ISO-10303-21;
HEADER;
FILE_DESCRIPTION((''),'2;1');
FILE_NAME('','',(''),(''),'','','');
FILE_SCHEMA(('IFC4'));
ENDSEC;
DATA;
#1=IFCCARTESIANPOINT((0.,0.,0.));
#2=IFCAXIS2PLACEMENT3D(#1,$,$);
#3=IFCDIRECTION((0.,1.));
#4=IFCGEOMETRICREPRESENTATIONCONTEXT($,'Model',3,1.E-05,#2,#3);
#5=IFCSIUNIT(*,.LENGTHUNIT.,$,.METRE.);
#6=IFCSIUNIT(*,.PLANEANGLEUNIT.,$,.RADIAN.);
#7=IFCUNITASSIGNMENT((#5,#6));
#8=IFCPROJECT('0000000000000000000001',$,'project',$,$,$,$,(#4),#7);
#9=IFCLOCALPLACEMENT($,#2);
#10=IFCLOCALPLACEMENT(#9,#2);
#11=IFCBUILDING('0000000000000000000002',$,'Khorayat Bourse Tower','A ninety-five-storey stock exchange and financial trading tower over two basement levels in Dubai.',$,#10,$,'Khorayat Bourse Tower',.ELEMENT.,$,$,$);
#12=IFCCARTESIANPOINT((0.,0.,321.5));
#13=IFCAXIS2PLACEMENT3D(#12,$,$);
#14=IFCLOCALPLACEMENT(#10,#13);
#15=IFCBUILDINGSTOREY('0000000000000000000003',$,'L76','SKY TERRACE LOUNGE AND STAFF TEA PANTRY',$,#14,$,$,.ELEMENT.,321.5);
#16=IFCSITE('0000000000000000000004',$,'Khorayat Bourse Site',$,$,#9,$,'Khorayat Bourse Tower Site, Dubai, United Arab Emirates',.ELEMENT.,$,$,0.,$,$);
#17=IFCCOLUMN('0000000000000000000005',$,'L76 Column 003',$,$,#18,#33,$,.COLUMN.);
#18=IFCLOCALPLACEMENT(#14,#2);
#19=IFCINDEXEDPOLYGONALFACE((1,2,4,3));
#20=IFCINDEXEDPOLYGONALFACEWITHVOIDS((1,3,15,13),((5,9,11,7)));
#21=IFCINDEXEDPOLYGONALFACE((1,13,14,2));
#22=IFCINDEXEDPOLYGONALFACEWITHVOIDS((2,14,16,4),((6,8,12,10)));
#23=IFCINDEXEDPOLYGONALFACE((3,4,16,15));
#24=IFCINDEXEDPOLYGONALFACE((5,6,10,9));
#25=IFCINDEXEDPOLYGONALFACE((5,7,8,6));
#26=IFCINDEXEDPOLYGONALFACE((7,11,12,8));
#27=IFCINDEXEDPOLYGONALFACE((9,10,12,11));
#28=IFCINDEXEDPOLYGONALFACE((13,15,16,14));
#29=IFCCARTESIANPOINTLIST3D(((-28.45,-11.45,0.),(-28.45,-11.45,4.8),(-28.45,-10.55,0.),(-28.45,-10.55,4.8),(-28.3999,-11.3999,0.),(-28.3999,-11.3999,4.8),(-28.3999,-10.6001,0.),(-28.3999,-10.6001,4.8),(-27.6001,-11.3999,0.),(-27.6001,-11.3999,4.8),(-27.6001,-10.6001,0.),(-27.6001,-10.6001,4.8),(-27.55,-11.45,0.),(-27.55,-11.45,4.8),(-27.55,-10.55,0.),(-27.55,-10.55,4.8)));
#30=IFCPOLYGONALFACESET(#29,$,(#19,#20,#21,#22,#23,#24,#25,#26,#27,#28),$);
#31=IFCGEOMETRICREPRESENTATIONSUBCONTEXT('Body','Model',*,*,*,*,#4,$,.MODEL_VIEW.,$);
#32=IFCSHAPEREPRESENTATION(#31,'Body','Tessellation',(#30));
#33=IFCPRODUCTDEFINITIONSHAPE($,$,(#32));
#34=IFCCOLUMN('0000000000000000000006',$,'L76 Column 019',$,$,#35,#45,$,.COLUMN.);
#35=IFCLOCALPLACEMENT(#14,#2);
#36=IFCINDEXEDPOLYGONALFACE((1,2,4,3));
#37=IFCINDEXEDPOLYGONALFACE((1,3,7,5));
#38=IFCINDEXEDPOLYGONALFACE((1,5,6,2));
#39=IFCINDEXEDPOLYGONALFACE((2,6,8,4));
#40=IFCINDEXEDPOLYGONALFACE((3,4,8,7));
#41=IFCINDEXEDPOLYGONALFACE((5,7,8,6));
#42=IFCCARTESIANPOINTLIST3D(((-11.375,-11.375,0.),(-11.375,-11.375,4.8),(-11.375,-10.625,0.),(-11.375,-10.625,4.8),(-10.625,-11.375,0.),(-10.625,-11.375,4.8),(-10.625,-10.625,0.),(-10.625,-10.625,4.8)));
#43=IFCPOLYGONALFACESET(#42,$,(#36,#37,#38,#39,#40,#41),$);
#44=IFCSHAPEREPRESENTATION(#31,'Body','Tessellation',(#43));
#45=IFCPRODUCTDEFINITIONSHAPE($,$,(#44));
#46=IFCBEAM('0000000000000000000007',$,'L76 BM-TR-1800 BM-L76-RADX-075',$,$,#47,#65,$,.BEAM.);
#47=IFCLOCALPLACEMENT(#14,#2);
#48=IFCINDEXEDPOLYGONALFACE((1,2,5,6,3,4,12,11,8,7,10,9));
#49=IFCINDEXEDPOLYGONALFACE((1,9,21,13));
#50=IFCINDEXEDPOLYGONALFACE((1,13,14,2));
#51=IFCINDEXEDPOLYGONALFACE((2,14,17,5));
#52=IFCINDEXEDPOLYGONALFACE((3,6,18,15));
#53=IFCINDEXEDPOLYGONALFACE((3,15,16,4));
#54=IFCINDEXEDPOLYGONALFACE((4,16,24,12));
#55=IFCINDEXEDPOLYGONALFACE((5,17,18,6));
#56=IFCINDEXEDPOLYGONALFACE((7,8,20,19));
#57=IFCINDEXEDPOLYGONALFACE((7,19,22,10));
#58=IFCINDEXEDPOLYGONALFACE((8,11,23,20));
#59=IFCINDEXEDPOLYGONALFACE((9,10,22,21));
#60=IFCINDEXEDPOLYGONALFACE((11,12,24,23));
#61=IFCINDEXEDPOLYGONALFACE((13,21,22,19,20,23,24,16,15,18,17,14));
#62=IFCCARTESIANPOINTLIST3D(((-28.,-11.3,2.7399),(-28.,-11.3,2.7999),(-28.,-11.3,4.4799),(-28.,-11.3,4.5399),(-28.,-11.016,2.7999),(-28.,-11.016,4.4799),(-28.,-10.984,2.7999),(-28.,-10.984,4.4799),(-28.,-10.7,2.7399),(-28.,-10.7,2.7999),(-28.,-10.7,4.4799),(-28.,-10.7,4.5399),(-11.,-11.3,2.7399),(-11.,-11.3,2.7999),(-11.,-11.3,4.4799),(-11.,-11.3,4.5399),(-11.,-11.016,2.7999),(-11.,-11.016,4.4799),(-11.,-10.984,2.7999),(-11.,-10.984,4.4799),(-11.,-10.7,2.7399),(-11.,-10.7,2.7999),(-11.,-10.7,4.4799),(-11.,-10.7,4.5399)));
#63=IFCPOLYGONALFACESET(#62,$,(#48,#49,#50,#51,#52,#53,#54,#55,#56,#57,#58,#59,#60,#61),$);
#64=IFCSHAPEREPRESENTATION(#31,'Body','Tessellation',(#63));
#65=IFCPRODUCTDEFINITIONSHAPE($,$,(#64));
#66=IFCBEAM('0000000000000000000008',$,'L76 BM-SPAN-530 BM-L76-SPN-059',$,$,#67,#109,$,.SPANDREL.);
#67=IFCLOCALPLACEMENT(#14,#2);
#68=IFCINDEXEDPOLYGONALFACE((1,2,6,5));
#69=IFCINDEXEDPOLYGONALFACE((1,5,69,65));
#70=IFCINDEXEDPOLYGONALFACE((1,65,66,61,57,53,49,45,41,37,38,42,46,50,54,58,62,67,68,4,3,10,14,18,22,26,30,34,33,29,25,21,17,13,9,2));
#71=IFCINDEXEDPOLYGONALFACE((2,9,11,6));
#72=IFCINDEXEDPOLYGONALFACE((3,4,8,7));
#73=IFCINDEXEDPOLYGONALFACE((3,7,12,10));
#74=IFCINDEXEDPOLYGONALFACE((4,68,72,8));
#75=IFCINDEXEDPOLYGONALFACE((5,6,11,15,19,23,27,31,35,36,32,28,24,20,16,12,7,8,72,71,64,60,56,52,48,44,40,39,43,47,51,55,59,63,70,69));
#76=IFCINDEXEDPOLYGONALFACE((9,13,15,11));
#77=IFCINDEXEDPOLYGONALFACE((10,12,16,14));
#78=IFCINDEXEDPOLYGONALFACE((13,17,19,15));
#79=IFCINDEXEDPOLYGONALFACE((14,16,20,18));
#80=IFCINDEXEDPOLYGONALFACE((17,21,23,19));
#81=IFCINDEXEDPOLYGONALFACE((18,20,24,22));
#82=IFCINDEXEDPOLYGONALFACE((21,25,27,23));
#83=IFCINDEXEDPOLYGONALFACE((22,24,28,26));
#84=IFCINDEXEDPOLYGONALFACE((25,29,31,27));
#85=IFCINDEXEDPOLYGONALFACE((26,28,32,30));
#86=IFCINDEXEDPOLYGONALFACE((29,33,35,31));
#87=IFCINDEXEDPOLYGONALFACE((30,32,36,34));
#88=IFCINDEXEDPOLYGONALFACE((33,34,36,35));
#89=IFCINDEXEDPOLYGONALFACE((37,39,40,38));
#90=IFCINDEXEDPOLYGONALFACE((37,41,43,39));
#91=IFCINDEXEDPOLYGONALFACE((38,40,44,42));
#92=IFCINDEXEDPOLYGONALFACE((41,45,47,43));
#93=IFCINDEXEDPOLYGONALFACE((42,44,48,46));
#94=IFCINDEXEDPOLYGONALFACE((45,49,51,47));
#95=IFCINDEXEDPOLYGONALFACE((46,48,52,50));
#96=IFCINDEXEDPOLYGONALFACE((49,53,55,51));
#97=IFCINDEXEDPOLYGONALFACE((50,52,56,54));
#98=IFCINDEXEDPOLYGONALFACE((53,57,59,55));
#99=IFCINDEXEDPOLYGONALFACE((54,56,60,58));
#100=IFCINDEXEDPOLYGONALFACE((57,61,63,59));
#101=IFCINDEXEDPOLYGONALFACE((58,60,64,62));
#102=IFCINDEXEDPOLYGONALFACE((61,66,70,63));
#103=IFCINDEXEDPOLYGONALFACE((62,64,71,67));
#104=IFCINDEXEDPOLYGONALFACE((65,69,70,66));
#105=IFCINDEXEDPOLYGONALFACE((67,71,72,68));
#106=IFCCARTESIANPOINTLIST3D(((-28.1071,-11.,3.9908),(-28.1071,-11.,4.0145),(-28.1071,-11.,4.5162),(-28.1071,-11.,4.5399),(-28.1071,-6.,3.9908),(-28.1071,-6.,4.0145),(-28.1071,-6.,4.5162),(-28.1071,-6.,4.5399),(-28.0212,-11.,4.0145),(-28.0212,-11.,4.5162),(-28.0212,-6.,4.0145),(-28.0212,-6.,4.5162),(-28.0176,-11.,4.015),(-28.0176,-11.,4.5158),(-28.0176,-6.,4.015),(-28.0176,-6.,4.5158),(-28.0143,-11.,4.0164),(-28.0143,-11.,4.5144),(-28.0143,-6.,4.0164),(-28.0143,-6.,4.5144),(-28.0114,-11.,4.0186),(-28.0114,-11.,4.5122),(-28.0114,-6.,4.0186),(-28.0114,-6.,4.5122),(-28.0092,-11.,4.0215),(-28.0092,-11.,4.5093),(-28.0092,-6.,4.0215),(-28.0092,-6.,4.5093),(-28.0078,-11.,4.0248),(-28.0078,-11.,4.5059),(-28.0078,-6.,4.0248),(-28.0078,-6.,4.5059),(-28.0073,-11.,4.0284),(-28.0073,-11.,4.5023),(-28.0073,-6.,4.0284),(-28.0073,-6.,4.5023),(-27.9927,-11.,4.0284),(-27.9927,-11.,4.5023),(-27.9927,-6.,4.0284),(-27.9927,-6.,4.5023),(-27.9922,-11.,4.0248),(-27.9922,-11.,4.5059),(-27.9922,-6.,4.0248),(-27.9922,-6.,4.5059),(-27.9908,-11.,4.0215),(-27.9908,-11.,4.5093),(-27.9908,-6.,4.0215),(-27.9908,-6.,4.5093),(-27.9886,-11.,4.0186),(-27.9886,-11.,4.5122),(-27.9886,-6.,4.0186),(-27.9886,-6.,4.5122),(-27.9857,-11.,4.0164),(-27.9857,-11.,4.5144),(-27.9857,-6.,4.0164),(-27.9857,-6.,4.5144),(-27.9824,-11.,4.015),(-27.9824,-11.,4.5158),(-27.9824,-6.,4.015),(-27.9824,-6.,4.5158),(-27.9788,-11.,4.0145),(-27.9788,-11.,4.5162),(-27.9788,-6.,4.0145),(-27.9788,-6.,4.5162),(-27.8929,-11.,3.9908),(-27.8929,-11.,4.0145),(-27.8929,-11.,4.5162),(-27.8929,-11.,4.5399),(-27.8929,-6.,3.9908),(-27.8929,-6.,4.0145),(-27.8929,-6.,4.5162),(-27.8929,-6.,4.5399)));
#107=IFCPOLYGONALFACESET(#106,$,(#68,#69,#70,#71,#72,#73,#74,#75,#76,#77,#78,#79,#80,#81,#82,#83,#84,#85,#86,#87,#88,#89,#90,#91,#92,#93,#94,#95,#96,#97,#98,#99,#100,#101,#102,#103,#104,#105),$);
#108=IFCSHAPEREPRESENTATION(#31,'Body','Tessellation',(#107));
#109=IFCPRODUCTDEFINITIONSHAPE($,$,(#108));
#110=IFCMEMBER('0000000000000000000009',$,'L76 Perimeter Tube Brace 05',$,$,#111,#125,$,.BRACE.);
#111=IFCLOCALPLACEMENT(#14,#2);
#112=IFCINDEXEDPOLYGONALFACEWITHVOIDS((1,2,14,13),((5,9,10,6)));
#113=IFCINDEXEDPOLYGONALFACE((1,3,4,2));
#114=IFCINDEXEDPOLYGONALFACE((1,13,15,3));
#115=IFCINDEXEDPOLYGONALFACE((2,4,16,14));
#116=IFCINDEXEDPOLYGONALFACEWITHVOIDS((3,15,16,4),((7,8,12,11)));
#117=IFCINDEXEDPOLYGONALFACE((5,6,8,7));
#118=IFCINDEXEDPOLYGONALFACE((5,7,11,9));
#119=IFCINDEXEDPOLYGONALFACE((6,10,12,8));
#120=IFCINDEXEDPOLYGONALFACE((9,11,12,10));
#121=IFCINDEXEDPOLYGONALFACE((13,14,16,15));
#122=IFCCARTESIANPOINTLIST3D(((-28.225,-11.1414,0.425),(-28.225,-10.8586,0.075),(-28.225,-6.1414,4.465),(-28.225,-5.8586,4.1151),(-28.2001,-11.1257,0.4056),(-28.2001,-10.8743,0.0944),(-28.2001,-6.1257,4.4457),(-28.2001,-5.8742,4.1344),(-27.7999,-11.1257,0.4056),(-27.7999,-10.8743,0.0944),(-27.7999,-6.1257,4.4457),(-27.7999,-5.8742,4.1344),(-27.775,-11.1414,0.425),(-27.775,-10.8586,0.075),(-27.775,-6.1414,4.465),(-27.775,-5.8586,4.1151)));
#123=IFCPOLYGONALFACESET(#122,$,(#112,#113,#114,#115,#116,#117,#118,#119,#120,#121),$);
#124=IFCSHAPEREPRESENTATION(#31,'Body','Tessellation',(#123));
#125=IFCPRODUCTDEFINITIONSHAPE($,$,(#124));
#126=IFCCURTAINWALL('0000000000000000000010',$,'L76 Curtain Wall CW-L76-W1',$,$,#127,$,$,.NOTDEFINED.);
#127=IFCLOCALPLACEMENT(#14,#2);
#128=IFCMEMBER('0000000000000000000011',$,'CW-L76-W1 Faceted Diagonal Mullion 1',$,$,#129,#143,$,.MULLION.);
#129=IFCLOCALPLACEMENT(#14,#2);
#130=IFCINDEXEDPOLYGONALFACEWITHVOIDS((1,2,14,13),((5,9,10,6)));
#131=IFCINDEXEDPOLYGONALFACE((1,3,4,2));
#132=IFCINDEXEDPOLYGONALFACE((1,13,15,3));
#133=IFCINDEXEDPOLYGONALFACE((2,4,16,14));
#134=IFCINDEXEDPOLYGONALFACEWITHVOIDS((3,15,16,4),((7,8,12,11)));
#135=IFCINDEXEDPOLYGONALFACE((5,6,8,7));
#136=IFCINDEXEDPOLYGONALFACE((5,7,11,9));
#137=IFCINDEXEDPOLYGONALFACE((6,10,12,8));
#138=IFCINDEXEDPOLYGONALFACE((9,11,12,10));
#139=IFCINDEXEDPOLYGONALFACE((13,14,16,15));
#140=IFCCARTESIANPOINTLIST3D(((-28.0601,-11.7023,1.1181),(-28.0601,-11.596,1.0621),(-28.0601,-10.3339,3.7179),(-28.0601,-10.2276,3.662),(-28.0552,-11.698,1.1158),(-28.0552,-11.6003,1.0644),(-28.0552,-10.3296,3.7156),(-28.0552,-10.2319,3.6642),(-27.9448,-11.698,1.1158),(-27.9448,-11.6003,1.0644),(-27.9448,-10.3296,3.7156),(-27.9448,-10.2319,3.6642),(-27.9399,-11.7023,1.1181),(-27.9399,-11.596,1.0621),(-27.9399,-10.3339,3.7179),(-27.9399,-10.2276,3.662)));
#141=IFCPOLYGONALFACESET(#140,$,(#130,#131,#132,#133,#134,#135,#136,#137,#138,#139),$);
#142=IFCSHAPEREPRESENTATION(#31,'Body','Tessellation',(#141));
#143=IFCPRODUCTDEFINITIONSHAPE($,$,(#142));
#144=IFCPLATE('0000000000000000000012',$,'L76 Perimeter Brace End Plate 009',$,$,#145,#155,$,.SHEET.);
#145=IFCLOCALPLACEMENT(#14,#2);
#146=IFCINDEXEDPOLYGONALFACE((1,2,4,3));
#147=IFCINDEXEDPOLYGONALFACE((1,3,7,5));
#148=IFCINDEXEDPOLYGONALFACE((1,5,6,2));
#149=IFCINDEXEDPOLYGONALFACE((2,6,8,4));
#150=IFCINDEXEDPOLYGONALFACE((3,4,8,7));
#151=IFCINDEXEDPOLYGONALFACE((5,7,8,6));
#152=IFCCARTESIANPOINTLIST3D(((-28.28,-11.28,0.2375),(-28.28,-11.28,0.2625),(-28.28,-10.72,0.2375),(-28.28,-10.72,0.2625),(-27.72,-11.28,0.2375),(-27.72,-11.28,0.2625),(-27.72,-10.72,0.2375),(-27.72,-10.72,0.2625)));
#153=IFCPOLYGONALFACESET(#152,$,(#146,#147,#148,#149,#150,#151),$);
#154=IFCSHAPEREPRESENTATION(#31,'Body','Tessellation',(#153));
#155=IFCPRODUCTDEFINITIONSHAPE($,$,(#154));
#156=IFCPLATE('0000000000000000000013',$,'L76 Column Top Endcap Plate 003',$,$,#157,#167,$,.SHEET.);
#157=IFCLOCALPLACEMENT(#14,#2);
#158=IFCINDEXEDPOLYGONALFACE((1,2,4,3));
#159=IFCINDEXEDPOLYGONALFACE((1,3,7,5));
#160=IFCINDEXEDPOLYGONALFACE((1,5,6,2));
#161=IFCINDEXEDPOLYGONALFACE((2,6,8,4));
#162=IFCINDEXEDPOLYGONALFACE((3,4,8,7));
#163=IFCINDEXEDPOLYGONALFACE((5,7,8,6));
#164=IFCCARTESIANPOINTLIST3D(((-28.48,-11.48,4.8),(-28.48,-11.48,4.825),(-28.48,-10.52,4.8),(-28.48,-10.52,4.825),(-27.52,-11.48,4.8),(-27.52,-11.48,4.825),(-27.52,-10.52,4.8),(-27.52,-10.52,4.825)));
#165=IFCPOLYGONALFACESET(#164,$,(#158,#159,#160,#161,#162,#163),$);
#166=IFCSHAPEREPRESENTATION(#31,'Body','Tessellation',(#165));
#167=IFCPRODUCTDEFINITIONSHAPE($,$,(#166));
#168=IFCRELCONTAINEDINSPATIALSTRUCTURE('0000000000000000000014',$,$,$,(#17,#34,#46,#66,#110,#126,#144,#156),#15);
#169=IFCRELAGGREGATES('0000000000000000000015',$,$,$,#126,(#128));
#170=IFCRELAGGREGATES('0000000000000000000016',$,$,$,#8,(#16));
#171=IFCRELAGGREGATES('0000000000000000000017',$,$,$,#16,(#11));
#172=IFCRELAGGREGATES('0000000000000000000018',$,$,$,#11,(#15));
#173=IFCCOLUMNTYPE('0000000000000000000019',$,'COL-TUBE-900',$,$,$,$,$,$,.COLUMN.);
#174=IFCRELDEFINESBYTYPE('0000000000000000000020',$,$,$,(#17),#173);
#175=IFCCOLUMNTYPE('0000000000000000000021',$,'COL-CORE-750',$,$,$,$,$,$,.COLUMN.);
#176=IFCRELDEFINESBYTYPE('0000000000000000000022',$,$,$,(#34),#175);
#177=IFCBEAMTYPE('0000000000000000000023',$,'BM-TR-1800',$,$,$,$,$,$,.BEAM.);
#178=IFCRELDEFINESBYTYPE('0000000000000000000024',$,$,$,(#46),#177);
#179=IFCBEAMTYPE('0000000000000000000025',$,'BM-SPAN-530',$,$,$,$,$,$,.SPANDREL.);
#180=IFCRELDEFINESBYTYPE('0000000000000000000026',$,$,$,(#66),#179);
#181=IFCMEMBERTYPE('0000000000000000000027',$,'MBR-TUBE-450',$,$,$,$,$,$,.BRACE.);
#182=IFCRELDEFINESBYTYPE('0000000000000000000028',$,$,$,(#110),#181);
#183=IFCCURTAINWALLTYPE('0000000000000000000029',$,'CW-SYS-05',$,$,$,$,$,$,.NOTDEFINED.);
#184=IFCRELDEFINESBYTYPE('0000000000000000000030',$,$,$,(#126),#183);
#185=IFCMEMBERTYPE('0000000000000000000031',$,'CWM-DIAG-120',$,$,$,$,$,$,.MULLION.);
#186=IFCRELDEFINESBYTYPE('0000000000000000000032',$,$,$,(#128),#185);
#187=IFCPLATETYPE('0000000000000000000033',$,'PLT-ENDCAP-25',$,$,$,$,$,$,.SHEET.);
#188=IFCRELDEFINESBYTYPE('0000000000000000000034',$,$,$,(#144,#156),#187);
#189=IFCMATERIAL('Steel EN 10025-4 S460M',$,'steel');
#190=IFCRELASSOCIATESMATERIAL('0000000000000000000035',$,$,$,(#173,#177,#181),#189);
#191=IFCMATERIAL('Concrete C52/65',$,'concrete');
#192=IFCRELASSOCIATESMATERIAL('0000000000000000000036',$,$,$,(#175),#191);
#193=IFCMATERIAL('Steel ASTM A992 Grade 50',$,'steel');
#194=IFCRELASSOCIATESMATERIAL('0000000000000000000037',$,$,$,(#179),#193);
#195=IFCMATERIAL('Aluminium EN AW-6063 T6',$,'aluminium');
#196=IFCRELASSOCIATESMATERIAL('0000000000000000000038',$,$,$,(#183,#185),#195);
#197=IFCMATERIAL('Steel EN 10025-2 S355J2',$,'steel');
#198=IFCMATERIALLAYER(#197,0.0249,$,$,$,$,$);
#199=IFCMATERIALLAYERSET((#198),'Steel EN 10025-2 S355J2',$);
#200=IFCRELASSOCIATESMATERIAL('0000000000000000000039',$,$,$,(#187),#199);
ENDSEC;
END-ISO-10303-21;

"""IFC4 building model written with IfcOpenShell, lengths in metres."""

from ifc_helpers import new_model, si_unit, direction, frame, origin, origin_2d, place, context, subcontext, project, spatial, rectangle, hollow_rectangle, i_section, extrude, source, transform, mapped, material, layer, layer_set, material_profile, profile_set, type_object, element, aggregate, save


model = new_model("IFC4")

# Units and contexts
model_context = context("Model", 3, precision=1e-05, world=origin(), true_north=direction((0.0, 1.0)))
body_context = subcontext(model_context, "Body", "Model", "MODEL_VIEW")
ifc_project = project(units=[si_unit("LENGTHUNIT", "METRE"), si_unit("PLANEANGLEUNIT", "RADIAN")], contexts=[model_context])

# Site, building, storey
site_placement = place(None, origin())
site = spatial("IfcSite", under=ifc_project, at=site_placement, Name="Khorayat Bourse Site", LongName="Khorayat Bourse Tower Site, Dubai, United Arab Emirates", CompositionType="ELEMENT", RefElevation=0.0)
building_placement = place(site_placement, origin())
building = spatial("IfcBuilding", under=site, at=building_placement, Name="Khorayat Bourse Tower", Description="A ninety-five-storey stock exchange and financial trading tower over two basement levels in Dubai.", LongName="Khorayat Bourse Tower", CompositionType="ELEMENT")
storey_placement = place(building_placement, frame((0.0, 0.0, 321.5)))
storey = spatial("IfcBuildingStorey", under=building, at=storey_placement, Name="L76", Description="SKY TERRACE LOUNGE AND STAFF TEA PANTRY", CompositionType="ELEMENT", Elevation=321.5)

# Columns
ifc_material_1 = material(Name="Steel EN 10025-4 S460M", Category="steel")
ifc_material_profile_1 = material_profile(ifc_material_1, hollow_rectangle(XDim=0.8999, YDim=0.8999, WallThickness=0.05, at=origin_2d()), Name="BOX 900x900x50")
ifc_profile_set_1 = profile_set([ifc_material_profile_1], Name="Steel EN 10025-4 S460M")
column_type_1 = type_object("IfcColumnType", Name="COL-TUBE-900", PredefinedType="COLUMN", material=ifc_profile_set_1)
shared_shape_1 = source(origin(), body_context, "Body", "SweptSolid", [
    extrude(hollow_rectangle(XDim=0.8999, YDim=0.8999, WallThickness=0.05, at=origin_2d()), origin(), (0.0, 0.0, 1.0), 4.8),
])
column_1_placement = place(storey_placement, frame((-28.0, -11.0, 0.0), z_axis=(0.0, 0.0, 1.0), x_axis=(1.0, 0.0, 0.0)))
element("IfcColumn", 1, at=column_1_placement, inside=storey, type_object=column_type_1, Name="L76 Column 003", PredefinedType="COLUMN", context=body_context, shape_type="MappedRepresentation", body=[
    mapped(shared_shape_1, transform((0.0, 0.0, 0.0), scale=1.0)),
])
ifc_material_2 = material(Name="Concrete C52/65", Category="concrete")
ifc_material_profile_2 = material_profile(ifc_material_2, rectangle(XDim=0.75, YDim=0.75, at=origin_2d()), Name="RC 750x750")
ifc_profile_set_2 = profile_set([ifc_material_profile_2], Name="Concrete C52/65")
column_type_2 = type_object("IfcColumnType", Name="COL-CORE-750", PredefinedType="COLUMN", material=ifc_profile_set_2)
shared_shape_2 = source(origin(), body_context, "Body", "SweptSolid", [
    extrude(rectangle(XDim=0.75, YDim=0.75, at=origin_2d()), origin(), (0.0, 0.0, 1.0), 4.8),
])
column_2_placement = place(storey_placement, frame((-11.0, -11.0, 0.0), z_axis=(0.0, 0.0, 1.0), x_axis=(1.0, 0.0, 0.0)))
element("IfcColumn", 2, at=column_2_placement, inside=storey, type_object=column_type_2, Name="L76 Column 019", PredefinedType="COLUMN", context=body_context, shape_type="MappedRepresentation", body=[
    mapped(shared_shape_2, transform((0.0, 0.0, 0.0), scale=1.0)),
])

# Beams
ifc_material_profile_3 = material_profile(ifc_material_1, i_section(OverallWidth=0.6001, OverallDepth=1.8, WebThickness=0.032, FlangeThickness=0.0601, at=origin_2d()), Name="PG 1800x600x32x60")
ifc_profile_set_3 = profile_set([ifc_material_profile_3], Name="Steel EN 10025-4 S460M")
beam_type_1 = type_object("IfcBeamType", Name="BM-TR-1800", PredefinedType="BEAM", material=ifc_profile_set_3)
shared_shape_3 = source(origin(), body_context, "Body", "SweptSolid", [
    extrude(i_section(OverallWidth=0.6001, OverallDepth=1.8, WebThickness=0.032, FlangeThickness=0.0601, at=origin_2d()), origin(), (0.0, 0.0, 1.0), 17.0),
])
beam_1_placement = place(storey_placement, frame((-28.0, -11.0, 3.6399), z_axis=(1.0, 0.0, 0.0), x_axis=(0.0, 1.0, 0.0)))
element("IfcBeam", 3, at=beam_1_placement, inside=storey, type_object=beam_type_1, Name="L76 BM-TR-1800 BM-L76-RADX-075", PredefinedType="BEAM", context=body_context, shape_type="MappedRepresentation", body=[
    mapped(shared_shape_3, transform((0.0, 0.0, 0.0), scale=1.0)),
])
ifc_material_3 = material(Name="Steel ASTM A992 Grade 50", Category="steel")
ifc_material_profile_4 = material_profile(ifc_material_3, i_section(OverallWidth=0.2141, OverallDepth=0.5491, WebThickness=0.0146, FlangeThickness=0.0237, FilletRadius=0.0139, at=origin_2d()), Name="W530X138")
ifc_profile_set_4 = profile_set([ifc_material_profile_4], Name="Steel ASTM A992 Grade 50")
beam_type_2 = type_object("IfcBeamType", Name="BM-SPAN-530", PredefinedType="SPANDREL", material=ifc_profile_set_4)
shared_shape_4 = source(origin(), body_context, "Body", "SweptSolid", [
    extrude(i_section(OverallWidth=0.2141, OverallDepth=0.5491, WebThickness=0.0146, FlangeThickness=0.0237, FilletRadius=0.0139, at=origin_2d()), origin(), (0.0, 0.0, 1.0), 5.0),
])
beam_2_placement = place(storey_placement, frame((-28.0, -11.0, 4.2654), z_axis=(0.0, 1.0, 0.0), x_axis=(-1.0, 0.0, 0.0)))
element("IfcBeam", 4, at=beam_2_placement, inside=storey, type_object=beam_type_2, Name="L76 BM-SPAN-530 BM-L76-SPN-059", PredefinedType="SPANDREL", context=body_context, shape_type="MappedRepresentation", body=[
    mapped(shared_shape_4, transform((0.0, 0.0, 0.0), scale=1.0)),
])

# Member
ifc_material_profile_5 = material_profile(ifc_material_1, hollow_rectangle(XDim=0.45, YDim=0.45, WallThickness=0.0249, at=origin_2d()), Name="HSS 450x450x25")
ifc_profile_set_5 = profile_set([ifc_material_profile_5], Name="Steel EN 10025-4 S460M")
member_type_1 = type_object("IfcMemberType", Name="MBR-TUBE-450", PredefinedType="BRACE", material=ifc_profile_set_5)
shared_shape_5 = source(origin(), body_context, "Body", "SweptSolid", [
    extrude(hollow_rectangle(XDim=0.45, YDim=0.45, WallThickness=0.0249, at=origin_2d()), origin(), (0.0, 0.0, 1.0), 6.4282),
])
member_1_placement = place(storey_placement, frame((-28.0, -11.0, 0.25), z_axis=(0.0, 0.777821, 0.628486), x_axis=(-1.0, 0.0, 0.0)))
element("IfcMember", 5, at=member_1_placement, inside=storey, type_object=member_type_1, Name="L76 Perimeter Tube Brace 05", PredefinedType="BRACE", context=body_context, shape_type="MappedRepresentation", body=[
    mapped(shared_shape_5, transform((0.0, 0.0, 0.0), scale=1.0)),
])

# Curtain wall, member
ifc_material_4 = material(Name="Aluminium EN AW-6063 T6", Category="aluminium")
curtain_wall_type = type_object("IfcCurtainWallType", Name="CW-SYS-05", PredefinedType="NOTDEFINED", material=ifc_material_4)
curtain_wall_placement = place(storey_placement, origin())
curtain_wall = element("IfcCurtainWall", 6, at=curtain_wall_placement, inside=storey, type_object=curtain_wall_type, Name="L76 Curtain Wall CW-L76-W1", PredefinedType="NOTDEFINED")
ifc_material_profile_6 = material_profile(ifc_material_4, hollow_rectangle(XDim=0.1201, YDim=0.1201, WallThickness=0.0049, at=origin_2d()), Name="ALU 120x120x5")
ifc_profile_set_6 = profile_set([ifc_material_profile_6], Name="Aluminium EN AW-6063 T6")
member_type_2 = type_object("IfcMemberType", Name="CWM-DIAG-120", PredefinedType="MULLION", material=ifc_profile_set_6)
shared_shape_6 = source(origin(), body_context, "Body", "SweptSolid", [
    extrude(hollow_rectangle(XDim=0.1201, YDim=0.1201, WallThickness=0.0049, at=origin_2d()), origin(), (0.0, 0.0, 1.0), 2.938),
])
member_2_placement = place(storey_placement, frame((-28.0, -11.6492, 1.0901), z_axis=(0.0, 0.465764, 0.884909), x_axis=(-1.0, 0.0, 0.0)))
member_2 = element("IfcMember", 7, at=member_2_placement, type_object=member_type_2, Name="CW-L76-W1 Faceted Diagonal Mullion 1", PredefinedType="MULLION", context=body_context, shape_type="MappedRepresentation", body=[
    mapped(shared_shape_6, transform((0.0, 0.0, 0.0), scale=1.0)),
])
aggregate(curtain_wall, [member_2])

# Plates
ifc_material_5 = material(Name="Steel EN 10025-2 S355J2", Category="steel")
ifc_layer_1 = layer(ifc_material_5, 0.0249)
ifc_layer_set_1 = layer_set([ifc_layer_1], Name="Steel EN 10025-2 S355J2")
plate_type = type_object("IfcPlateType", Name="PLT-ENDCAP-25", PredefinedType="SHEET", material=ifc_layer_set_1)
shared_shape_7 = source(origin(), body_context, "Body", "SweptSolid", [
    extrude(rectangle(XDim=0.5601, YDim=0.5601, at=origin_2d()), origin(), (0.0, 0.0, 1.0), 0.0249),
])
plate_1_placement = place(storey_placement, frame((-28.0, -11.0, 0.2375), z_axis=(0.0, 0.0, 1.0), x_axis=(1.0, 0.0, 0.0)))
element("IfcPlate", 8, at=plate_1_placement, inside=storey, type_object=plate_type, Name="L76 Perimeter Brace End Plate 009", PredefinedType="SHEET", context=body_context, shape_type="MappedRepresentation", body=[
    mapped(shared_shape_7, transform((0.0, 0.0, 0.0), scale=1.0)),
])
shared_shape_8 = source(origin(), body_context, "Body", "SweptSolid", [
    extrude(rectangle(XDim=0.96, YDim=0.96, at=origin_2d()), origin(), (0.0, 0.0, 1.0), 0.0249),
])
plate_2_placement = place(storey_placement, frame((-28.0, -11.0, 4.8), z_axis=(0.0, 0.0, 1.0), x_axis=(1.0, 0.0, 0.0)))
element("IfcPlate", 9, at=plate_2_placement, inside=storey, type_object=plate_type, Name="L76 Column Top Endcap Plate 003", PredefinedType="SHEET", context=body_context, shape_type="MappedRepresentation", body=[
    mapped(shared_shape_8, transform((0.0, 0.0, 0.0), scale=1.0)),
])

save(model, "model.ifc")
